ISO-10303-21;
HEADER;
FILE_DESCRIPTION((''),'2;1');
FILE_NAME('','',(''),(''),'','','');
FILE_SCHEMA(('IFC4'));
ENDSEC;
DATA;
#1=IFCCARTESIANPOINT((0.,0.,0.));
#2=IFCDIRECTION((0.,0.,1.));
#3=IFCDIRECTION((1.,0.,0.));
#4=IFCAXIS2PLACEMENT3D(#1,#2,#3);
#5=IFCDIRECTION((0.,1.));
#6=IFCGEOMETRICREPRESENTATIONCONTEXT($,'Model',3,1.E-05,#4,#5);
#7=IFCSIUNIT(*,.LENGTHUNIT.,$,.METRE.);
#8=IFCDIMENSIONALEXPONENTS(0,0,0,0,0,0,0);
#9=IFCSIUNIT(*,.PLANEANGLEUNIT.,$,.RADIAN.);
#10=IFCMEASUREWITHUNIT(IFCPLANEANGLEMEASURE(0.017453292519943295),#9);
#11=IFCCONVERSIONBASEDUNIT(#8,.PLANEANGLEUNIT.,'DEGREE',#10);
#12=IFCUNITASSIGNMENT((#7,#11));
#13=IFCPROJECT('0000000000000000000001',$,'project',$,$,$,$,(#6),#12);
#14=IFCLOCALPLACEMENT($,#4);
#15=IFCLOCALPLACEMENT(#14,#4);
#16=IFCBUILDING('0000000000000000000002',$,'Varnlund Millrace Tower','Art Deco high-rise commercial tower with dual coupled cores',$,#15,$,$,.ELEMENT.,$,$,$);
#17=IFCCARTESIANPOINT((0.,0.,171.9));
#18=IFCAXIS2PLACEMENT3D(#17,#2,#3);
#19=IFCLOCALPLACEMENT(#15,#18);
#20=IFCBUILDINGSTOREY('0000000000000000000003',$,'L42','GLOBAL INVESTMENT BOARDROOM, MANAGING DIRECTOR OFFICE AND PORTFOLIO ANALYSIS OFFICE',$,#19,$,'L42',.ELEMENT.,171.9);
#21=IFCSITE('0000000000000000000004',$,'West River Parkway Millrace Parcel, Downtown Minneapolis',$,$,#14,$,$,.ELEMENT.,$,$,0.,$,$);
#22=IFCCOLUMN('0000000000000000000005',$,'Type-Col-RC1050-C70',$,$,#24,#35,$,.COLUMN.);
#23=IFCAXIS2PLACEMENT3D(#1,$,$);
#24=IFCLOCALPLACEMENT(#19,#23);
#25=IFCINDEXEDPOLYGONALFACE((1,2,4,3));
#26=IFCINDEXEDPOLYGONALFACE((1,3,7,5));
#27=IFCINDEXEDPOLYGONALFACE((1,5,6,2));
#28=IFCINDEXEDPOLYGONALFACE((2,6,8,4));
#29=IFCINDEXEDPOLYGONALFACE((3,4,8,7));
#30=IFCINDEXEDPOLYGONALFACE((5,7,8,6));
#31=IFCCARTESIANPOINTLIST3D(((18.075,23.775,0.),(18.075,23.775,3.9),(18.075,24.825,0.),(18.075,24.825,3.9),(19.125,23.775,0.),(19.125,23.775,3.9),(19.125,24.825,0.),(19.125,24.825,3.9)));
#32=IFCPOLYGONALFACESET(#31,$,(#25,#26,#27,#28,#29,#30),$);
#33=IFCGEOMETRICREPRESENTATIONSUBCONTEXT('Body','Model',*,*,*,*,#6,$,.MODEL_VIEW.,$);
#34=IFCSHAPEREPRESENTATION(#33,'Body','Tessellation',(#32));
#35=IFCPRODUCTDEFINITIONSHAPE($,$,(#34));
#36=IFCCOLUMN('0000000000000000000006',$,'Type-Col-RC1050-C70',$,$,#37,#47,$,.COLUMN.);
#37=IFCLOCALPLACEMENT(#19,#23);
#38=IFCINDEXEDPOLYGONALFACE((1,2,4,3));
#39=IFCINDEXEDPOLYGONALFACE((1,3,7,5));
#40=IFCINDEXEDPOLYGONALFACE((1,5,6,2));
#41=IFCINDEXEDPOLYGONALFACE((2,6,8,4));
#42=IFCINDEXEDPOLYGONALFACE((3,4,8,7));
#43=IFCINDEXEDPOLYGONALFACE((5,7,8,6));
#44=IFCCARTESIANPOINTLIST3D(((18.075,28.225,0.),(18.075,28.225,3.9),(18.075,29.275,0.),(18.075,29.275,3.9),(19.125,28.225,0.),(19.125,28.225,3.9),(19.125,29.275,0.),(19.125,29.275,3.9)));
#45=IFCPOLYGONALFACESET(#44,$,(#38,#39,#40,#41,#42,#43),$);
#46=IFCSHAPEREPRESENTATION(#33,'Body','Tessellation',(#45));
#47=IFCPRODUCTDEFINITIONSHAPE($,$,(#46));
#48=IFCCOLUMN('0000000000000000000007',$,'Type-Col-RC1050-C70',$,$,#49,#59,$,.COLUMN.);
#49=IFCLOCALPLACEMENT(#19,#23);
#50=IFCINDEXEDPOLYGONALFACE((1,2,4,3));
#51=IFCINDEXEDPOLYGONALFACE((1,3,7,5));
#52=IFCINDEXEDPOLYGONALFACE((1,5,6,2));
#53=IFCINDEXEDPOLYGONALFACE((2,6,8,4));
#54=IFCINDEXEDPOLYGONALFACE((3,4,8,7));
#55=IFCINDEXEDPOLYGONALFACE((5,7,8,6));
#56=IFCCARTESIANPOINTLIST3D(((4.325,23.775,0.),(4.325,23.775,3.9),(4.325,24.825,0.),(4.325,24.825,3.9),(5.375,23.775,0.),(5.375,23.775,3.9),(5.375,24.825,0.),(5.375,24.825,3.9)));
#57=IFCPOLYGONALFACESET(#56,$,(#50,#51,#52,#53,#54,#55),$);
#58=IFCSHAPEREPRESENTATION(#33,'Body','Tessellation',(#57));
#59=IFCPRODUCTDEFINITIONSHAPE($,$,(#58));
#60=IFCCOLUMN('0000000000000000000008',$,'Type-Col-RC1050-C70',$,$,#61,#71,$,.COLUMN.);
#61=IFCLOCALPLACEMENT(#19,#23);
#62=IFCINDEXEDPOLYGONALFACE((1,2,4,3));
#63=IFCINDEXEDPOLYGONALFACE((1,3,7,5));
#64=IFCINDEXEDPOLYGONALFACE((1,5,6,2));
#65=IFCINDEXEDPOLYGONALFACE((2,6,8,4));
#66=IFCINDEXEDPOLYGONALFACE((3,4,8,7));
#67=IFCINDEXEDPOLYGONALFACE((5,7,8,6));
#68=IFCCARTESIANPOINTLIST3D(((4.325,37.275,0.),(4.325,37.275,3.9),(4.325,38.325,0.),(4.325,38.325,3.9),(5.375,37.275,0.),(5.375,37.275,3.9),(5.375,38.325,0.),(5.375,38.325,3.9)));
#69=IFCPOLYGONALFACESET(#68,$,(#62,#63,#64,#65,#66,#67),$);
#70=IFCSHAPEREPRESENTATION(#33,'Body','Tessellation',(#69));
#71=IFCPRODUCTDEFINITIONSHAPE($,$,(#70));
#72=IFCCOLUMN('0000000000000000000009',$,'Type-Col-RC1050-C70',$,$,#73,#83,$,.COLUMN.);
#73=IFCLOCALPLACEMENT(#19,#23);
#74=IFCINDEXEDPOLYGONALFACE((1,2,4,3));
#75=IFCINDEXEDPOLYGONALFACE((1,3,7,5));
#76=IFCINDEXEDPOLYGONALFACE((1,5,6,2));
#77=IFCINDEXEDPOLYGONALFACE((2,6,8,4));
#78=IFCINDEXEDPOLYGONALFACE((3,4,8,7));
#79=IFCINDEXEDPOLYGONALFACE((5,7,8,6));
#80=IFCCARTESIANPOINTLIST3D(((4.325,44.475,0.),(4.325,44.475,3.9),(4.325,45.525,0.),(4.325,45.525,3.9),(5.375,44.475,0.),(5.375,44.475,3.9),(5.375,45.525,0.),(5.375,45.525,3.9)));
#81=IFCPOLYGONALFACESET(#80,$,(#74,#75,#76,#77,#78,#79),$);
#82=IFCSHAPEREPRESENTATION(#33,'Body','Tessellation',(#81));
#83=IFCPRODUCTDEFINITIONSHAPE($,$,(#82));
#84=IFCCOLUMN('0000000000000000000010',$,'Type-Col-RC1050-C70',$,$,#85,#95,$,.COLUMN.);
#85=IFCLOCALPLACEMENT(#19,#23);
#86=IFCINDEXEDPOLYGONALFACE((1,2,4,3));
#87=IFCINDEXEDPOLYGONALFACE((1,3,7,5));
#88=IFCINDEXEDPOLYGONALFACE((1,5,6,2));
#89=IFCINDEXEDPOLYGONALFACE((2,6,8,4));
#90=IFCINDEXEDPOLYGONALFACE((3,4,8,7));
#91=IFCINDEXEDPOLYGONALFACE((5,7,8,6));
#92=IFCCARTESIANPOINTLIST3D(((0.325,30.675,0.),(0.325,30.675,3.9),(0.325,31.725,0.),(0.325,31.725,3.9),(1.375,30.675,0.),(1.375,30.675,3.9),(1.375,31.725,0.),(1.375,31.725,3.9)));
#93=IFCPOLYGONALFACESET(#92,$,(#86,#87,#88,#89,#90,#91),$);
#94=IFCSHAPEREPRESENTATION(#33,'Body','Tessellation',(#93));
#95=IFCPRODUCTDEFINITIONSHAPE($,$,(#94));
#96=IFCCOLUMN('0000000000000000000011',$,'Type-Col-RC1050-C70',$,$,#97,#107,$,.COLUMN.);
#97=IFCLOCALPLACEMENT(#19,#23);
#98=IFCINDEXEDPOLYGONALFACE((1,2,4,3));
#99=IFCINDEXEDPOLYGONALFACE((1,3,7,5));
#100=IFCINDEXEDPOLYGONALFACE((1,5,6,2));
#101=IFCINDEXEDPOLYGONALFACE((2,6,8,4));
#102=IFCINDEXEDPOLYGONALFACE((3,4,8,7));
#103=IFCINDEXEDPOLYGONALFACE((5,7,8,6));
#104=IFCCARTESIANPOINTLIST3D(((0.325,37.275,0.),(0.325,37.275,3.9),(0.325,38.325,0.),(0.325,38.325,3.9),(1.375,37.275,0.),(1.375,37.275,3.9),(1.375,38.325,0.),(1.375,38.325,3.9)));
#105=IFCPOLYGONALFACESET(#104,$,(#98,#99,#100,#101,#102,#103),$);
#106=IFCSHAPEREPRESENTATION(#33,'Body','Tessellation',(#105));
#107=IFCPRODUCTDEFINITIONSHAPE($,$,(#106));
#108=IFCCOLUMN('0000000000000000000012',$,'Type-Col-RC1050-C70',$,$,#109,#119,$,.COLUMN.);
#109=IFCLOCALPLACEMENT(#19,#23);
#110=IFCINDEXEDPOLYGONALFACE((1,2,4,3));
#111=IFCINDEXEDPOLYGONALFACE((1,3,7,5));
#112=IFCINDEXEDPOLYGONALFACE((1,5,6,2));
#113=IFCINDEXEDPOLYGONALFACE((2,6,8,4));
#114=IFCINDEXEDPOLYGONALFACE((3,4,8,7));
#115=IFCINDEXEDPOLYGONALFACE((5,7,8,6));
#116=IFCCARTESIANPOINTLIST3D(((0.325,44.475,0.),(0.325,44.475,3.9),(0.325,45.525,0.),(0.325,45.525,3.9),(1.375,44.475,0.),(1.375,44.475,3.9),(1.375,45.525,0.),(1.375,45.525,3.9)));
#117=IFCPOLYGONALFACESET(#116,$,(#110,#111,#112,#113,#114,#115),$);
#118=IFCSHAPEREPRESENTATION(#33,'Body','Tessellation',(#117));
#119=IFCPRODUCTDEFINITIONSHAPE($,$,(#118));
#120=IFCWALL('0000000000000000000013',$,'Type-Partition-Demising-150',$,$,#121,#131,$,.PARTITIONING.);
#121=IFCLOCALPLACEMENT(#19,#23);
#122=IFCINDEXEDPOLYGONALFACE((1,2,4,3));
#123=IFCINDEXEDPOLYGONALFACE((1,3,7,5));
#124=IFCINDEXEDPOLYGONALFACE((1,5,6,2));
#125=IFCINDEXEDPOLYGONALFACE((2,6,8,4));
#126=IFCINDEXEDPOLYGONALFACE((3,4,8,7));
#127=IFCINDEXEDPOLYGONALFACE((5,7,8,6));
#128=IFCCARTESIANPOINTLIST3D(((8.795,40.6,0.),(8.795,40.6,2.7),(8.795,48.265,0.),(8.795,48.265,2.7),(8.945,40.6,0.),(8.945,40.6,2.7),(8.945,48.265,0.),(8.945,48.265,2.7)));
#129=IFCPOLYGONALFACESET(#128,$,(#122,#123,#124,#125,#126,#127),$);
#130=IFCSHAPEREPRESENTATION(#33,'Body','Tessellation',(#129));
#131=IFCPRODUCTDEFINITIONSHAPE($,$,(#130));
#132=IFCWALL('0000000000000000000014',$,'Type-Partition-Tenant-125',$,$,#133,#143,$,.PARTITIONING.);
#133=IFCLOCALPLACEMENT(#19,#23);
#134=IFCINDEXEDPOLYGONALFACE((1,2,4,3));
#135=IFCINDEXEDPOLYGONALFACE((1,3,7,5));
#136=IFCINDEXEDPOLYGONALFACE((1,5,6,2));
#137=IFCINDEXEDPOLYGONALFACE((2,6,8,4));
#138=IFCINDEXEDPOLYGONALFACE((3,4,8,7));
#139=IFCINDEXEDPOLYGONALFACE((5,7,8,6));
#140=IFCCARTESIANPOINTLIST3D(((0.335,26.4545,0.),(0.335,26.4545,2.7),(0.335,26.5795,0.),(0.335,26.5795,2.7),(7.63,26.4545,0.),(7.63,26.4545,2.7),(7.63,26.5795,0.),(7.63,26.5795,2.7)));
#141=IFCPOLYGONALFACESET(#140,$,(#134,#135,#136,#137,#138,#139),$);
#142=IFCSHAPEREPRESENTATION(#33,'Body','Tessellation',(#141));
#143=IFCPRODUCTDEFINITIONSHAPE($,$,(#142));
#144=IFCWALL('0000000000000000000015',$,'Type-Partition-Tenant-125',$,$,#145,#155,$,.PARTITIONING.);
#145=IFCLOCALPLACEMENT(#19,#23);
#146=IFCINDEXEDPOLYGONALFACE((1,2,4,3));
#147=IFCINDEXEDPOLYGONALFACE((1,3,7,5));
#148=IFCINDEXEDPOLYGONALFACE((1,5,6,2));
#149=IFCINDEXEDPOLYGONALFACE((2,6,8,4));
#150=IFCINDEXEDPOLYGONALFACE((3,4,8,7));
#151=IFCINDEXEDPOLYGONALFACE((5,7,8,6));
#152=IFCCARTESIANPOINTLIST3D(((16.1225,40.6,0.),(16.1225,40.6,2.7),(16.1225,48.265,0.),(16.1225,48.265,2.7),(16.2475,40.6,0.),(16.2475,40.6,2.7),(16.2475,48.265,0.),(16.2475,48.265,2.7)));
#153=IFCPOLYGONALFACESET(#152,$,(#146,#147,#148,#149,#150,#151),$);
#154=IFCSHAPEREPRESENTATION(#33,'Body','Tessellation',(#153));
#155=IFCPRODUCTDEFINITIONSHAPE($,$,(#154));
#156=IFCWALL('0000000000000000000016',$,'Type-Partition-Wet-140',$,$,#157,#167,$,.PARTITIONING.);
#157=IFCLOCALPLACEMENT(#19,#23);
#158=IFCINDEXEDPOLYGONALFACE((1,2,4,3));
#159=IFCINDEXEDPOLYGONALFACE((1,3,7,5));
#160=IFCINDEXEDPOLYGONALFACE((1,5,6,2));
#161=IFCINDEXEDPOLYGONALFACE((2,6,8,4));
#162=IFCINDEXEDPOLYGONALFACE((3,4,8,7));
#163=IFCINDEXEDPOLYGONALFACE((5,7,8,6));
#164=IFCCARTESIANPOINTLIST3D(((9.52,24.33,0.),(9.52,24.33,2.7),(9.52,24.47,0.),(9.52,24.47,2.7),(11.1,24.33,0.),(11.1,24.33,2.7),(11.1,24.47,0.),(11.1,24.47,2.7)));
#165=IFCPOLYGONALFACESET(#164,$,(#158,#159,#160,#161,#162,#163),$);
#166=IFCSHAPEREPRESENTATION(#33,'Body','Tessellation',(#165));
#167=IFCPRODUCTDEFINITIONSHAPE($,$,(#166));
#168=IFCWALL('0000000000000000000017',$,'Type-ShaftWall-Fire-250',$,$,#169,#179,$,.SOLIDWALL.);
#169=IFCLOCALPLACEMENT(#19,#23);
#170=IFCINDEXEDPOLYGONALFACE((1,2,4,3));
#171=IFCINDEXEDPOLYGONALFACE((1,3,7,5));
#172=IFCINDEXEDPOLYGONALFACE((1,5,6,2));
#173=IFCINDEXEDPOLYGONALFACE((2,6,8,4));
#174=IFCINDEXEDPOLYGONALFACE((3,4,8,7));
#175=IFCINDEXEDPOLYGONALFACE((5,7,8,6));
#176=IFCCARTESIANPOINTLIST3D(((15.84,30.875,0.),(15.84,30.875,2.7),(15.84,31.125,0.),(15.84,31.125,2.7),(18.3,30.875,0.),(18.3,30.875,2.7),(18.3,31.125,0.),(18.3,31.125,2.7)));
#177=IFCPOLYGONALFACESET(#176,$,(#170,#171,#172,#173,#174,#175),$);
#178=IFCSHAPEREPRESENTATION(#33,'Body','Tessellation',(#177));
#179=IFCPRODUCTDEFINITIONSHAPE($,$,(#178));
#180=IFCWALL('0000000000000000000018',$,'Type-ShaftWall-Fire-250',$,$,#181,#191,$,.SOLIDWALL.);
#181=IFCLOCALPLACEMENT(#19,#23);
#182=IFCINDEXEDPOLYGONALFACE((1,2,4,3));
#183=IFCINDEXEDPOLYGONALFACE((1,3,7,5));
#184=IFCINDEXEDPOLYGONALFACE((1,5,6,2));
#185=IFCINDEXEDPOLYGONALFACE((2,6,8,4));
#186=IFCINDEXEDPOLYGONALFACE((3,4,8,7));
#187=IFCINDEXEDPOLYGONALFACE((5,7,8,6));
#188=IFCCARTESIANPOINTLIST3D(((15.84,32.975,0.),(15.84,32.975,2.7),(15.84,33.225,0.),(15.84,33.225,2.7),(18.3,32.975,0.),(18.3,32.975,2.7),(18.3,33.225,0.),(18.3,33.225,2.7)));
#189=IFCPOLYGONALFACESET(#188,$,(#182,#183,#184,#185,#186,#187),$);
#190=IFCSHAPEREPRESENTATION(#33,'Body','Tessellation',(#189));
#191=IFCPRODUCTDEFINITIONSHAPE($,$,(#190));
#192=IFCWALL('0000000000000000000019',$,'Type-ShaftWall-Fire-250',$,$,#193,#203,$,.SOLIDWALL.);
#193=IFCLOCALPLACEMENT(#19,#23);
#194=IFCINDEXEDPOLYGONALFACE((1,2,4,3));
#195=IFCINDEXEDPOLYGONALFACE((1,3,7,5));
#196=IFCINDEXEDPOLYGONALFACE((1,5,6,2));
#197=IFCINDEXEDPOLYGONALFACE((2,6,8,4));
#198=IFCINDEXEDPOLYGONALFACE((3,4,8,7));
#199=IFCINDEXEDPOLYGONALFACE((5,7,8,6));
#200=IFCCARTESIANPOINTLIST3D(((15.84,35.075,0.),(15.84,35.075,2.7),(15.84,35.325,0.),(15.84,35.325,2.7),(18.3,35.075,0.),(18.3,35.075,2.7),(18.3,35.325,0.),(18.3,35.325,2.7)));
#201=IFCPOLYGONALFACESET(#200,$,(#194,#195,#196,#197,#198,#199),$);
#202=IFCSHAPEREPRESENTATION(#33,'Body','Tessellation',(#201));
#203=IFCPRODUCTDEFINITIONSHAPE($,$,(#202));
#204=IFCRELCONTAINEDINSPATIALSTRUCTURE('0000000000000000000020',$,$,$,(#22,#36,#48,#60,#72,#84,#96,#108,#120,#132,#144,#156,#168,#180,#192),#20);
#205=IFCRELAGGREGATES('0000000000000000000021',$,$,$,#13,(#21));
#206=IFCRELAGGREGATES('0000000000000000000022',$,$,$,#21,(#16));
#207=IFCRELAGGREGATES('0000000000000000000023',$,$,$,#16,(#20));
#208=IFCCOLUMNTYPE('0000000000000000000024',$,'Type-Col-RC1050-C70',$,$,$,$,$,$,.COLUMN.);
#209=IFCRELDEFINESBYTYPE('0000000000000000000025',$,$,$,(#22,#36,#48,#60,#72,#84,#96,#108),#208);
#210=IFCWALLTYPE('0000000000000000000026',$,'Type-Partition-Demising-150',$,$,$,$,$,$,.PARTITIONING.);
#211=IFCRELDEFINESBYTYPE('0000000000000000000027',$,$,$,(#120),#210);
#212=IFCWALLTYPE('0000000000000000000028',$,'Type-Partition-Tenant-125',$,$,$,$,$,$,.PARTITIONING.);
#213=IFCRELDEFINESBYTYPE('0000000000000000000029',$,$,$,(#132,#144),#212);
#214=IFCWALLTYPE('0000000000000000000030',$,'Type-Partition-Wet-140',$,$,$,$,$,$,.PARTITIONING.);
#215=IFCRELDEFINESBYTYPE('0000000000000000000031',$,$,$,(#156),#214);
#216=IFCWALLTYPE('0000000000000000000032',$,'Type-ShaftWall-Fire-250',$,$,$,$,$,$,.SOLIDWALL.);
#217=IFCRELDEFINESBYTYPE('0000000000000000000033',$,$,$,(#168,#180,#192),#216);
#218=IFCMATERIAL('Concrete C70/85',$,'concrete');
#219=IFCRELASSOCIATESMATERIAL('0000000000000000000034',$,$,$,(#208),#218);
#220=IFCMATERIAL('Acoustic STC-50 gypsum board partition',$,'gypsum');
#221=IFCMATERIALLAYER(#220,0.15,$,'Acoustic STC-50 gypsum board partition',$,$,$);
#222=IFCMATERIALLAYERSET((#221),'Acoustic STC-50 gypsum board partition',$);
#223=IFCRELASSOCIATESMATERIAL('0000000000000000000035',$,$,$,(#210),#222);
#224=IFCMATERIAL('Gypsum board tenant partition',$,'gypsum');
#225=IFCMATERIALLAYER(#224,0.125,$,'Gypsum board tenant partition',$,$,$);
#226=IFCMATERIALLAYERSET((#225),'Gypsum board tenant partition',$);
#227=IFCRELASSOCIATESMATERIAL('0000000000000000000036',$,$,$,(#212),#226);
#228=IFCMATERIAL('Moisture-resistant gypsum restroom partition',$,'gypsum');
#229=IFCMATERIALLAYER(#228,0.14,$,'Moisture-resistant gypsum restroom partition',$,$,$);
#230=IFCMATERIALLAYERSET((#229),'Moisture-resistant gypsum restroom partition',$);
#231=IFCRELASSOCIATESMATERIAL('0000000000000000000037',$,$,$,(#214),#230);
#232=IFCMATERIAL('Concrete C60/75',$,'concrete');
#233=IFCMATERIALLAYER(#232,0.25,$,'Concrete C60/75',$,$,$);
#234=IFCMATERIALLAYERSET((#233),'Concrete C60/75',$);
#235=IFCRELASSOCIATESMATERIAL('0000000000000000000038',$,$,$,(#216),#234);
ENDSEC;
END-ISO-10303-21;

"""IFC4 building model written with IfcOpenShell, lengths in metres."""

from ifc_helpers import new_model, entity, si_unit, converted_unit, direction, frame, origin_with_axes, origin_2d_with_axis, place, context, subcontext, project, spatial, polyline, rectangle, outline, extrude, material, layer, layer_set, material_profile, profile_set, type_object, element, save


model = new_model("IFC4")

# Units and contexts
model_context = context("Model", 3, precision=1e-05, world=origin_with_axes(), true_north=direction((0.0, 1.0)))
body_context = subcontext(model_context, "Body", "Model", "MODEL_VIEW")
ifc_project = project(units=[si_unit("LENGTHUNIT", "METRE"), converted_unit("PLANEANGLEUNIT", "DEGREE", entity("IfcPlaneAngleMeasure", 0.017453292519943295), si_unit("PLANEANGLEUNIT", "RADIAN"), dimensions=[0, 0, 0, 0, 0, 0, 0])], contexts=[model_context])

# Site, building, storey
site_placement = place(None, origin_with_axes())
site = spatial("IfcSite", under=ifc_project, at=site_placement, Name="West River Parkway Millrace Parcel, Downtown Minneapolis", CompositionType="ELEMENT", RefElevation=0.0)
building_placement = place(site_placement, origin_with_axes())
building = spatial("IfcBuilding", under=site, at=building_placement, Name="Varnlund Millrace Tower", Description="Art Deco high-rise commercial tower with dual coupled cores", CompositionType="ELEMENT")
storey_placement = place(building_placement, frame((0.0, 0.0, 171.9), z_axis=(0.0, 0.0, 1.0), x_axis=(1.0, 0.0, 0.0)))
storey = spatial("IfcBuildingStorey", under=building, at=storey_placement, Name="L42", Description="GLOBAL INVESTMENT BOARDROOM, MANAGING DIRECTOR OFFICE AND PORTFOLIO ANALYSIS OFFICE", LongName="L42", CompositionType="ELEMENT", Elevation=171.9)

# Columns
ifc_material_1 = material(Name="Concrete C70/85", Category="concrete")
ifc_material_profile = material_profile(ifc_material_1, rectangle(XDim=1.05, YDim=1.05, at=origin_2d_with_axis()), Name="Concrete C70/85")
ifc_profile_set = profile_set([ifc_material_profile], Name="Concrete C70/85")
column_type = type_object("IfcColumnType", Name="Type-Col-RC1050-C70", PredefinedType="COLUMN", material=ifc_profile_set)
for number, where, z_axis, x_axis, name in (
    (1, (18.6, 24.3, 0.0), (0.0, 0.0, 1.0), (1.0, 0.0, 0.0), "Type-Col-RC1050-C70"),
    (2, (18.6, 28.75, 0.0), (0.0, 0.0, 1.0), (1.0, 0.0, 0.0), "Type-Col-RC1050-C70"),
    (3, (4.85, 24.3, 0.0), (0.0, 0.0, 1.0), (1.0, 0.0, 0.0), "Type-Col-RC1050-C70"),
    (4, (4.85, 37.8, 0.0), (0.0, 0.0, 1.0), (1.0, 0.0, 0.0), "Type-Col-RC1050-C70"),
    (5, (4.85, 45.0, 0.0), (0.0, 0.0, 1.0), (1.0, 0.0, 0.0), "Type-Col-RC1050-C70"),
    (6, (0.85, 31.2, 0.0), (0.0, 0.0, 1.0), (1.0, 0.0, 0.0), "Type-Col-RC1050-C70"),
    (7, (0.85, 37.8, 0.0), (0.0, 0.0, 1.0), (1.0, 0.0, 0.0), "Type-Col-RC1050-C70"),
    (8, (0.85, 45.0, 0.0), (0.0, 0.0, 1.0), (1.0, 0.0, 0.0), "Type-Col-RC1050-C70"),
):
    element("IfcColumn", number, at=place(storey_placement, frame(where, z_axis=z_axis, x_axis=x_axis)), inside=storey, type_object=column_type, Name=name, PredefinedType="COLUMN", context=body_context, shape_type="SweptSolid", body=[
        extrude(rectangle(XDim=1.05, YDim=1.05, at=origin_2d_with_axis()), origin_with_axes(), (0.0, 0.0, 1.0), 3.9),
    ])

# Walls
ifc_material_2 = material(Name="Acoustic STC-50 gypsum board partition", Category="gypsum")
ifc_layer_1 = layer(ifc_material_2, 0.15, Name="Acoustic STC-50 gypsum board partition")
ifc_layer_set_1 = layer_set([ifc_layer_1], Name="Acoustic STC-50 gypsum board partition")
wall_type_1 = type_object("IfcWallType", Name="Type-Partition-Demising-150", PredefinedType="PARTITIONING", material=ifc_layer_set_1)
wall_1_placement = place(storey_placement, frame((8.87, 40.6, 0.0), z_axis=(0.0, 0.0, 1.0), x_axis=(0.0, 1.0, 0.0)))
element("IfcWall", 9, at=wall_1_placement, inside=storey, type_object=wall_type_1, Name="Type-Partition-Demising-150", PredefinedType="PARTITIONING", context=body_context, shape_type="SweptSolid", body=[
    extrude(outline(polyline([(0.0, -0.075), (7.665, -0.075), (7.665, 0.075), (0.0, 0.075), (0.0, -0.075)])), origin_with_axes(), (0.0, 0.0, 1.0), 2.7),
])
ifc_material_3 = material(Name="Gypsum board tenant partition", Category="gypsum")
ifc_layer_2 = layer(ifc_material_3, 0.125, Name="Gypsum board tenant partition")
ifc_layer_set_2 = layer_set([ifc_layer_2], Name="Gypsum board tenant partition")
wall_type_2 = type_object("IfcWallType", Name="Type-Partition-Tenant-125", PredefinedType="PARTITIONING", material=ifc_layer_set_2)
wall_2_placement = place(storey_placement, frame((0.335, 26.517, 0.0), z_axis=(0.0, 0.0, 1.0), x_axis=(1.0, 0.0, 0.0)))
element("IfcWall", 10, at=wall_2_placement, inside=storey, type_object=wall_type_2, Name="Type-Partition-Tenant-125", PredefinedType="PARTITIONING", context=body_context, shape_type="SweptSolid", body=[
    extrude(outline(polyline([(0.0, -0.0625), (7.295, -0.0625), (7.295, 0.0625), (0.0, 0.0625), (0.0, -0.0625)])), origin_with_axes(), (0.0, 0.0, 1.0), 2.7),
])
wall_3_placement = place(storey_placement, frame((16.185, 40.6, 0.0), z_axis=(0.0, 0.0, 1.0), x_axis=(0.0, 1.0, 0.0)))
element("IfcWall", 11, at=wall_3_placement, inside=storey, type_object=wall_type_2, Name="Type-Partition-Tenant-125", PredefinedType="PARTITIONING", context=body_context, shape_type="SweptSolid", body=[
    extrude(outline(polyline([(0.0, -0.0625), (7.665, -0.0625), (7.665, 0.0625), (0.0, 0.0625), (0.0, -0.0625)])), origin_with_axes(), (0.0, 0.0, 1.0), 2.7),
])
ifc_material_4 = material(Name="Moisture-resistant gypsum restroom partition", Category="gypsum")
ifc_layer_3 = layer(ifc_material_4, 0.14, Name="Moisture-resistant gypsum restroom partition")
ifc_layer_set_3 = layer_set([ifc_layer_3], Name="Moisture-resistant gypsum restroom partition")
wall_type_3 = type_object("IfcWallType", Name="Type-Partition-Wet-140", PredefinedType="PARTITIONING", material=ifc_layer_set_3)
wall_4_placement = place(storey_placement, frame((9.52, 24.4, 0.0), z_axis=(0.0, 0.0, 1.0), x_axis=(1.0, 0.0, 0.0)))
element("IfcWall", 12, at=wall_4_placement, inside=storey, type_object=wall_type_3, Name="Type-Partition-Wet-140", PredefinedType="PARTITIONING", context=body_context, shape_type="SweptSolid", body=[
    extrude(outline(polyline([(0.0, -0.07), (1.58, -0.07), (1.58, 0.07), (0.0, 0.07), (0.0, -0.07)])), origin_with_axes(), (0.0, 0.0, 1.0), 2.7),
])
ifc_material_5 = material(Name="Concrete C60/75", Category="concrete")
ifc_layer_4 = layer(ifc_material_5, 0.25, Name="Concrete C60/75")
ifc_layer_set_4 = layer_set([ifc_layer_4], Name="Concrete C60/75")
wall_type_4 = type_object("IfcWallType", Name="Type-ShaftWall-Fire-250", PredefinedType="SOLIDWALL", material=ifc_layer_set_4)
for number, where, z_axis, x_axis, name in (
    (13, (15.84, 31.0, 0.0), (0.0, 0.0, 1.0), (1.0, 0.0, 0.0), "Type-ShaftWall-Fire-250"),
    (14, (15.84, 33.1, 0.0), (0.0, 0.0, 1.0), (1.0, 0.0, 0.0), "Type-ShaftWall-Fire-250"),
    (15, (15.84, 35.2, 0.0), (0.0, 0.0, 1.0), (1.0, 0.0, 0.0), "Type-ShaftWall-Fire-250"),
):
    element("IfcWall", number, at=place(storey_placement, frame(where, z_axis=z_axis, x_axis=x_axis)), inside=storey, type_object=wall_type_4, Name=name, PredefinedType="SOLIDWALL", context=body_context, shape_type="SweptSolid", body=[
        extrude(outline(polyline([(0.0, -0.125), (2.46, -0.125), (2.46, 0.125), (0.0, 0.125), (0.0, -0.125)])), origin_with_axes(), (0.0, 0.0, 1.0), 2.7),
    ])

save(model, "model.ifc")
